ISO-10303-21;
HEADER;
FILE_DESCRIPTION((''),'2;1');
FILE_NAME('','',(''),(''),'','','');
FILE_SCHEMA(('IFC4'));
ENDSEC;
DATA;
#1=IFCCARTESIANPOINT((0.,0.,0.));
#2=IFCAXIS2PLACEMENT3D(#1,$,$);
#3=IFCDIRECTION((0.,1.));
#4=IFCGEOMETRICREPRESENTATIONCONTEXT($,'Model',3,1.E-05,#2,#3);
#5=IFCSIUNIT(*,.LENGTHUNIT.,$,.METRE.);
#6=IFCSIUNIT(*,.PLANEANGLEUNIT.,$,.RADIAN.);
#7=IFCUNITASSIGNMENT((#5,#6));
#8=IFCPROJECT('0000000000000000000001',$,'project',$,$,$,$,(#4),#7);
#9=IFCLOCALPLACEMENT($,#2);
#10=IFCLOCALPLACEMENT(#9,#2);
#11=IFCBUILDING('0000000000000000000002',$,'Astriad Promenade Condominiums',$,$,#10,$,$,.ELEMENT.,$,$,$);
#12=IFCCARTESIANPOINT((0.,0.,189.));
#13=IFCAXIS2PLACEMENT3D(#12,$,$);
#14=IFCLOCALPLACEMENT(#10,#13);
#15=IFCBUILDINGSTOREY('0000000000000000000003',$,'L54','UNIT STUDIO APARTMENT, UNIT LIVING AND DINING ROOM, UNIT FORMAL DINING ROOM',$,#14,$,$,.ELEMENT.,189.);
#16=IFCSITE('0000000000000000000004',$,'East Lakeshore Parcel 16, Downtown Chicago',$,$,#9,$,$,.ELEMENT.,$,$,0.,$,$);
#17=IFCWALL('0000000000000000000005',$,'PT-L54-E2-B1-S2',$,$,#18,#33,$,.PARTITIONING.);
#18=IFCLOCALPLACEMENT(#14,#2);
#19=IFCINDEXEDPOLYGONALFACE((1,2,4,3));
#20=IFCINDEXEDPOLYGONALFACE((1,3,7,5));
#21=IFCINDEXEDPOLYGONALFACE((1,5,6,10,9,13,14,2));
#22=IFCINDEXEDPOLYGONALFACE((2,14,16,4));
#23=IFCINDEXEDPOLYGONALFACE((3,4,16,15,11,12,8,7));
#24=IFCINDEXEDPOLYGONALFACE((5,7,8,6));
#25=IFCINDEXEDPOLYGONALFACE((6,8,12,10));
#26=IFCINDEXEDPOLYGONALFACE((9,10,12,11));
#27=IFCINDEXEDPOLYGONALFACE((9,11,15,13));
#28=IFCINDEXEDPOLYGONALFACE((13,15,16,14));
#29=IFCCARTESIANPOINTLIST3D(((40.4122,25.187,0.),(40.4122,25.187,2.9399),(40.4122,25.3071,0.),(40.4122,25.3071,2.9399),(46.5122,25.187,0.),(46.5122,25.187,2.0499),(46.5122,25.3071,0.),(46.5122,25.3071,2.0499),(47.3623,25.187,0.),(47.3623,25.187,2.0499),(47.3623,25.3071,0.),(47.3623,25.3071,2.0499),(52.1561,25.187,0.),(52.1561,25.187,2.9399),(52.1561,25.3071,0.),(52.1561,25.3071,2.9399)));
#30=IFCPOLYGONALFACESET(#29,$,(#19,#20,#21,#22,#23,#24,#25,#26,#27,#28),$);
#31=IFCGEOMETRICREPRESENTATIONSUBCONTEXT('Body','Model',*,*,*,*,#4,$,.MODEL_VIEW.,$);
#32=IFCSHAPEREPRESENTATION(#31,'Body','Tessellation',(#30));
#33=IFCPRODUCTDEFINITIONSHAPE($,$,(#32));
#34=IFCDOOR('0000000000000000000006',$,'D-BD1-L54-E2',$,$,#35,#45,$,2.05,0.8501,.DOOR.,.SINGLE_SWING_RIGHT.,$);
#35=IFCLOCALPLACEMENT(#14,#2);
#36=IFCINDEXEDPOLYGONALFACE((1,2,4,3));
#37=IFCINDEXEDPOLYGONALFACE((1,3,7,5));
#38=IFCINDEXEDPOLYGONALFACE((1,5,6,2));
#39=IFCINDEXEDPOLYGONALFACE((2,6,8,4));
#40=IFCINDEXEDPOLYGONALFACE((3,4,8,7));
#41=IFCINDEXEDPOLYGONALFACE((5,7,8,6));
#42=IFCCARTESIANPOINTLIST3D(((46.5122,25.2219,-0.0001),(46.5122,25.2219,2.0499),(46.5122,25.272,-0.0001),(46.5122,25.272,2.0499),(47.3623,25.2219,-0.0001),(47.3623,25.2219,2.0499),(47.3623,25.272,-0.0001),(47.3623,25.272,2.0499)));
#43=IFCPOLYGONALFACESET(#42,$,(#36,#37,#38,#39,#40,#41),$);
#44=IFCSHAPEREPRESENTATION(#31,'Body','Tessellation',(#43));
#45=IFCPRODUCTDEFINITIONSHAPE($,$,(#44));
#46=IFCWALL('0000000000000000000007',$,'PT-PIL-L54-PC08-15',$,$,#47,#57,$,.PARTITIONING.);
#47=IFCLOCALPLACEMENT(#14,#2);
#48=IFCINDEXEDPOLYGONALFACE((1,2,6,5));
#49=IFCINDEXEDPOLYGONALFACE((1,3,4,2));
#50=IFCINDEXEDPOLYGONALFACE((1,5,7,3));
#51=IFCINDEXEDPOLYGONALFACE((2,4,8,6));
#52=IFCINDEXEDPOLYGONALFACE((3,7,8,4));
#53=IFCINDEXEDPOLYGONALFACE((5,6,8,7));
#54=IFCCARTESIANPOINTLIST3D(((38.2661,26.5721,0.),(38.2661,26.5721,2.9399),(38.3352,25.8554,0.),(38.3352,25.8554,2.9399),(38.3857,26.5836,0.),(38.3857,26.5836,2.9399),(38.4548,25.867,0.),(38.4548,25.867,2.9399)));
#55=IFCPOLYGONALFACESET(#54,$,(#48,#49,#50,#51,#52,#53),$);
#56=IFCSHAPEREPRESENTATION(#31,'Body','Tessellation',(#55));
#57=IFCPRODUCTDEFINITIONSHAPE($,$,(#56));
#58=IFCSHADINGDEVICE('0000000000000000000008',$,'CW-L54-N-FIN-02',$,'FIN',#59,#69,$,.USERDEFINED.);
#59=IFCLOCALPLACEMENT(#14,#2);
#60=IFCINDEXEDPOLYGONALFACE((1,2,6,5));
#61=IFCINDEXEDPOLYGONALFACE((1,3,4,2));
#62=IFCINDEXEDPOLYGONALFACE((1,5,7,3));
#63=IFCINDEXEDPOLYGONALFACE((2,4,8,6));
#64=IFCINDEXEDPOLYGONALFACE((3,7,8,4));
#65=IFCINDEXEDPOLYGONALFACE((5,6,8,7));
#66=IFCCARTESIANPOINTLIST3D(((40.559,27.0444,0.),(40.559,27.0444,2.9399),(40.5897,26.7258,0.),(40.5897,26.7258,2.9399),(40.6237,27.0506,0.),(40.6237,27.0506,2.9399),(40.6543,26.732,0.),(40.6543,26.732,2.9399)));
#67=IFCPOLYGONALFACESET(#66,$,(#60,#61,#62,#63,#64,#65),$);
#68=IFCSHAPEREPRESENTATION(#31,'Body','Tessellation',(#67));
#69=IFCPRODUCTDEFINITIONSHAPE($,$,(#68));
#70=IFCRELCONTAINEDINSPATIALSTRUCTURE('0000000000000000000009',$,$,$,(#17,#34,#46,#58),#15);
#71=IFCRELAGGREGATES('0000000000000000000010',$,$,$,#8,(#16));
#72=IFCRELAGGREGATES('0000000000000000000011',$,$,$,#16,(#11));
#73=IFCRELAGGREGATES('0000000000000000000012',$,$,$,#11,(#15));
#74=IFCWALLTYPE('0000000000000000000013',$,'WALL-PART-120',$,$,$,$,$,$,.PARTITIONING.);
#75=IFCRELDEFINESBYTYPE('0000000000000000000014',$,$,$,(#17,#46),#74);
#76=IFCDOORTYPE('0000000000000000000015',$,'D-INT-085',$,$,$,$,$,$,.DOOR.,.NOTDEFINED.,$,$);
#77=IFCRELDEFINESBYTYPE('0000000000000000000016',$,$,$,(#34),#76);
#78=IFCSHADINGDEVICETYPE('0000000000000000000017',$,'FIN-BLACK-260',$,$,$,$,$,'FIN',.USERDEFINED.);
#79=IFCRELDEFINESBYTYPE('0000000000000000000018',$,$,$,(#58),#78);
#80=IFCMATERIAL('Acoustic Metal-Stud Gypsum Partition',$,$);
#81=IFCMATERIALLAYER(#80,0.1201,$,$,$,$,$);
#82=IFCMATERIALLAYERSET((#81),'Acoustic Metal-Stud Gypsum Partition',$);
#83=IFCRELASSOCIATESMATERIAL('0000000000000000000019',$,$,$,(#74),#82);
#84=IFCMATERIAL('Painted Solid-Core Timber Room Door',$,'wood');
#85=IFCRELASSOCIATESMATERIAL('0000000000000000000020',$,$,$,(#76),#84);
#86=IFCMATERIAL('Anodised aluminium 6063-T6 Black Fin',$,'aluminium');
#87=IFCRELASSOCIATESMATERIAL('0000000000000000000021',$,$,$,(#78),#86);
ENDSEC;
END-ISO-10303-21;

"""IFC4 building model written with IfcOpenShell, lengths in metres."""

from ifc_helpers import new_model, si_unit, direction, frame, frame_2d, origin, origin_2d, place, context, subcontext, project, spatial, rectangle, extrude, source, transform, mapped, material, layer, layer_set, type_object, type_shapes, element, fill, save


model = new_model("IFC4")

# Units and contexts
model_context = context("Model", 3, precision=1e-05, world=origin(), true_north=direction((0.0, 1.0)))
body_context = subcontext(model_context, "Body", "Model", "MODEL_VIEW")
ifc_project = project(units=[si_unit("LENGTHUNIT", "METRE"), si_unit("PLANEANGLEUNIT", "RADIAN")], contexts=[model_context])

# Site, building, storey
site_placement = place(None, origin())
site = spatial("IfcSite", under=ifc_project, at=site_placement, Name="East Lakeshore Parcel 16, Downtown Chicago", CompositionType="ELEMENT", RefElevation=0.0)
building_placement = place(site_placement, origin())
building = spatial("IfcBuilding", under=site, at=building_placement, Name="Astriad Promenade Condominiums", CompositionType="ELEMENT")
storey_placement = place(building_placement, frame((0.0, 0.0, 189.0)))
storey = spatial("IfcBuildingStorey", under=building, at=storey_placement, Name="L54", Description="UNIT STUDIO APARTMENT, UNIT LIVING AND DINING ROOM, UNIT FORMAL DINING ROOM", CompositionType="ELEMENT", Elevation=189.0)

# Shared definitions
ifc_material_1 = material(Name="Acoustic Metal-Stud Gypsum Partition")
ifc_layer_1 = layer(ifc_material_1, 0.1201)
ifc_layer_set_1 = layer_set([ifc_layer_1], Name="Acoustic Metal-Stud Gypsum Partition")
wall_type_1 = type_object("IfcWallType", Name="WALL-PART-120", PredefinedType="PARTITIONING", material=ifc_layer_set_1)
ifc_material_2 = material(Name="Painted Solid-Core Timber Room Door", Category="wood")
door_type_1 = type_object("IfcDoorType", Name="D-INT-085", OperationType="NOTDEFINED", PredefinedType="DOOR", material=ifc_material_2)
shared_shape_1 = source(origin(), body_context, "Body", "SweptSolid", [
    extrude(rectangle(XDim=0.8501, YDim=2.05, at=frame_2d((0.425, 1.0249))), frame((0.0, 0.0249, 0.0), z_axis=(0.0, -1.0, 0.0), x_axis=(1.0, 0.0, 0.0)), (0.0, 0.0, 1.0), 0.05),
])
type_shapes(door_type_1, [shared_shape_1])

# Wall, opening, door
wall_1_placement = place(storey_placement, frame((40.4121, 25.2471, 0.0), z_axis=(0.0, 0.0, 1.0), x_axis=(1.0, 0.0, 0.0)))
wall_1 = element("IfcWall", 1, at=wall_1_placement, inside=storey, type_object=wall_type_1, Name="PT-L54-E2-B1-S2", PredefinedType="PARTITIONING", context=body_context, shape_type="SweptSolid", body=[
    extrude(rectangle(XDim=11.7439, YDim=0.1201, at=frame_2d((5.8721, 0.0))), origin(), (0.0, 0.0, 1.0), 2.9399),
])
opening_1_placement = place(wall_1_placement, frame((6.1001, 0.0, 0.0)))
opening_1 = element("IfcOpeningElement", 2, at=opening_1_placement, cuts=wall_1, PredefinedType="OPENING", context=body_context, shape_type="SweptSolid", body=[
    extrude(rectangle(XDim=0.8501, YDim=2.05, at=frame_2d((0.425, 1.0249))), frame((0.0, 0.0701, 0.0), z_axis=(0.0, -1.0, 0.0), x_axis=(1.0, 0.0, 0.0)), (0.0, 0.0, 1.0), 0.1401),
])
door_1_placement = place(opening_1_placement, origin())
door_1 = element("IfcDoor", 3, at=door_1_placement, inside=storey, type_object=door_type_1, Name="D-BD1-L54-E2", OperationType="SINGLE_SWING_RIGHT", OverallHeight=2.05, OverallWidth=0.8501, PredefinedType="DOOR", context=body_context, shape_type="MappedRepresentation", body=[
    mapped(shared_shape_1, transform((0.0, 0.0, 0.0), scale=1.0)),
])
fill(opening_1, door_1)

# Wall
wall_2_placement = place(storey_placement, frame((38.395, 25.8613, 0.0), z_axis=(0.0, 0.0, 1.0), x_axis=(-0.095977, 0.995384, 0.0)))
element("IfcWall", 4, at=wall_2_placement, inside=storey, type_object=wall_type_1, Name="PT-PIL-L54-PC08-15", PredefinedType="PARTITIONING", context=body_context, shape_type="SweptSolid", body=[
    extrude(rectangle(XDim=0.72, YDim=0.1201, at=frame_2d((0.3599, 0.0))), origin(), (0.0, 0.0, 1.0), 2.9399),
])

# Shading device
ifc_material_3 = material(Name="Anodised aluminium 6063-T6 Black Fin", Category="aluminium")
shading_device_type = type_object("IfcShadingDeviceType", Name="FIN-BLACK-260", ElementType="FIN", PredefinedType="USERDEFINED", material=ifc_material_3)
shared_shape_2 = source(origin(), body_context, "Body", "SweptSolid", [
    extrude(rectangle(XDim=0.0649, YDim=0.3201, at=origin_2d()), origin(), (0.0, 0.0, 1.0), 2.9399),
])
type_shapes(shading_device_type, [shared_shape_2])
shading_device_placement = place(storey_placement, frame((40.6067, 26.8882, 0.0), z_axis=(0.0, 0.0, 1.0), x_axis=(0.995396, 0.095846, 0.0)))
element("IfcShadingDevice", 5, at=shading_device_placement, inside=storey, type_object=shading_device_type, Name="CW-L54-N-FIN-02", ObjectType="FIN", PredefinedType="USERDEFINED", context=body_context, shape_type="MappedRepresentation", body=[
    mapped(shared_shape_2, transform((0.0, 0.0, 0.0), scale=1.0)),
])

save(model, "model.ifc")
